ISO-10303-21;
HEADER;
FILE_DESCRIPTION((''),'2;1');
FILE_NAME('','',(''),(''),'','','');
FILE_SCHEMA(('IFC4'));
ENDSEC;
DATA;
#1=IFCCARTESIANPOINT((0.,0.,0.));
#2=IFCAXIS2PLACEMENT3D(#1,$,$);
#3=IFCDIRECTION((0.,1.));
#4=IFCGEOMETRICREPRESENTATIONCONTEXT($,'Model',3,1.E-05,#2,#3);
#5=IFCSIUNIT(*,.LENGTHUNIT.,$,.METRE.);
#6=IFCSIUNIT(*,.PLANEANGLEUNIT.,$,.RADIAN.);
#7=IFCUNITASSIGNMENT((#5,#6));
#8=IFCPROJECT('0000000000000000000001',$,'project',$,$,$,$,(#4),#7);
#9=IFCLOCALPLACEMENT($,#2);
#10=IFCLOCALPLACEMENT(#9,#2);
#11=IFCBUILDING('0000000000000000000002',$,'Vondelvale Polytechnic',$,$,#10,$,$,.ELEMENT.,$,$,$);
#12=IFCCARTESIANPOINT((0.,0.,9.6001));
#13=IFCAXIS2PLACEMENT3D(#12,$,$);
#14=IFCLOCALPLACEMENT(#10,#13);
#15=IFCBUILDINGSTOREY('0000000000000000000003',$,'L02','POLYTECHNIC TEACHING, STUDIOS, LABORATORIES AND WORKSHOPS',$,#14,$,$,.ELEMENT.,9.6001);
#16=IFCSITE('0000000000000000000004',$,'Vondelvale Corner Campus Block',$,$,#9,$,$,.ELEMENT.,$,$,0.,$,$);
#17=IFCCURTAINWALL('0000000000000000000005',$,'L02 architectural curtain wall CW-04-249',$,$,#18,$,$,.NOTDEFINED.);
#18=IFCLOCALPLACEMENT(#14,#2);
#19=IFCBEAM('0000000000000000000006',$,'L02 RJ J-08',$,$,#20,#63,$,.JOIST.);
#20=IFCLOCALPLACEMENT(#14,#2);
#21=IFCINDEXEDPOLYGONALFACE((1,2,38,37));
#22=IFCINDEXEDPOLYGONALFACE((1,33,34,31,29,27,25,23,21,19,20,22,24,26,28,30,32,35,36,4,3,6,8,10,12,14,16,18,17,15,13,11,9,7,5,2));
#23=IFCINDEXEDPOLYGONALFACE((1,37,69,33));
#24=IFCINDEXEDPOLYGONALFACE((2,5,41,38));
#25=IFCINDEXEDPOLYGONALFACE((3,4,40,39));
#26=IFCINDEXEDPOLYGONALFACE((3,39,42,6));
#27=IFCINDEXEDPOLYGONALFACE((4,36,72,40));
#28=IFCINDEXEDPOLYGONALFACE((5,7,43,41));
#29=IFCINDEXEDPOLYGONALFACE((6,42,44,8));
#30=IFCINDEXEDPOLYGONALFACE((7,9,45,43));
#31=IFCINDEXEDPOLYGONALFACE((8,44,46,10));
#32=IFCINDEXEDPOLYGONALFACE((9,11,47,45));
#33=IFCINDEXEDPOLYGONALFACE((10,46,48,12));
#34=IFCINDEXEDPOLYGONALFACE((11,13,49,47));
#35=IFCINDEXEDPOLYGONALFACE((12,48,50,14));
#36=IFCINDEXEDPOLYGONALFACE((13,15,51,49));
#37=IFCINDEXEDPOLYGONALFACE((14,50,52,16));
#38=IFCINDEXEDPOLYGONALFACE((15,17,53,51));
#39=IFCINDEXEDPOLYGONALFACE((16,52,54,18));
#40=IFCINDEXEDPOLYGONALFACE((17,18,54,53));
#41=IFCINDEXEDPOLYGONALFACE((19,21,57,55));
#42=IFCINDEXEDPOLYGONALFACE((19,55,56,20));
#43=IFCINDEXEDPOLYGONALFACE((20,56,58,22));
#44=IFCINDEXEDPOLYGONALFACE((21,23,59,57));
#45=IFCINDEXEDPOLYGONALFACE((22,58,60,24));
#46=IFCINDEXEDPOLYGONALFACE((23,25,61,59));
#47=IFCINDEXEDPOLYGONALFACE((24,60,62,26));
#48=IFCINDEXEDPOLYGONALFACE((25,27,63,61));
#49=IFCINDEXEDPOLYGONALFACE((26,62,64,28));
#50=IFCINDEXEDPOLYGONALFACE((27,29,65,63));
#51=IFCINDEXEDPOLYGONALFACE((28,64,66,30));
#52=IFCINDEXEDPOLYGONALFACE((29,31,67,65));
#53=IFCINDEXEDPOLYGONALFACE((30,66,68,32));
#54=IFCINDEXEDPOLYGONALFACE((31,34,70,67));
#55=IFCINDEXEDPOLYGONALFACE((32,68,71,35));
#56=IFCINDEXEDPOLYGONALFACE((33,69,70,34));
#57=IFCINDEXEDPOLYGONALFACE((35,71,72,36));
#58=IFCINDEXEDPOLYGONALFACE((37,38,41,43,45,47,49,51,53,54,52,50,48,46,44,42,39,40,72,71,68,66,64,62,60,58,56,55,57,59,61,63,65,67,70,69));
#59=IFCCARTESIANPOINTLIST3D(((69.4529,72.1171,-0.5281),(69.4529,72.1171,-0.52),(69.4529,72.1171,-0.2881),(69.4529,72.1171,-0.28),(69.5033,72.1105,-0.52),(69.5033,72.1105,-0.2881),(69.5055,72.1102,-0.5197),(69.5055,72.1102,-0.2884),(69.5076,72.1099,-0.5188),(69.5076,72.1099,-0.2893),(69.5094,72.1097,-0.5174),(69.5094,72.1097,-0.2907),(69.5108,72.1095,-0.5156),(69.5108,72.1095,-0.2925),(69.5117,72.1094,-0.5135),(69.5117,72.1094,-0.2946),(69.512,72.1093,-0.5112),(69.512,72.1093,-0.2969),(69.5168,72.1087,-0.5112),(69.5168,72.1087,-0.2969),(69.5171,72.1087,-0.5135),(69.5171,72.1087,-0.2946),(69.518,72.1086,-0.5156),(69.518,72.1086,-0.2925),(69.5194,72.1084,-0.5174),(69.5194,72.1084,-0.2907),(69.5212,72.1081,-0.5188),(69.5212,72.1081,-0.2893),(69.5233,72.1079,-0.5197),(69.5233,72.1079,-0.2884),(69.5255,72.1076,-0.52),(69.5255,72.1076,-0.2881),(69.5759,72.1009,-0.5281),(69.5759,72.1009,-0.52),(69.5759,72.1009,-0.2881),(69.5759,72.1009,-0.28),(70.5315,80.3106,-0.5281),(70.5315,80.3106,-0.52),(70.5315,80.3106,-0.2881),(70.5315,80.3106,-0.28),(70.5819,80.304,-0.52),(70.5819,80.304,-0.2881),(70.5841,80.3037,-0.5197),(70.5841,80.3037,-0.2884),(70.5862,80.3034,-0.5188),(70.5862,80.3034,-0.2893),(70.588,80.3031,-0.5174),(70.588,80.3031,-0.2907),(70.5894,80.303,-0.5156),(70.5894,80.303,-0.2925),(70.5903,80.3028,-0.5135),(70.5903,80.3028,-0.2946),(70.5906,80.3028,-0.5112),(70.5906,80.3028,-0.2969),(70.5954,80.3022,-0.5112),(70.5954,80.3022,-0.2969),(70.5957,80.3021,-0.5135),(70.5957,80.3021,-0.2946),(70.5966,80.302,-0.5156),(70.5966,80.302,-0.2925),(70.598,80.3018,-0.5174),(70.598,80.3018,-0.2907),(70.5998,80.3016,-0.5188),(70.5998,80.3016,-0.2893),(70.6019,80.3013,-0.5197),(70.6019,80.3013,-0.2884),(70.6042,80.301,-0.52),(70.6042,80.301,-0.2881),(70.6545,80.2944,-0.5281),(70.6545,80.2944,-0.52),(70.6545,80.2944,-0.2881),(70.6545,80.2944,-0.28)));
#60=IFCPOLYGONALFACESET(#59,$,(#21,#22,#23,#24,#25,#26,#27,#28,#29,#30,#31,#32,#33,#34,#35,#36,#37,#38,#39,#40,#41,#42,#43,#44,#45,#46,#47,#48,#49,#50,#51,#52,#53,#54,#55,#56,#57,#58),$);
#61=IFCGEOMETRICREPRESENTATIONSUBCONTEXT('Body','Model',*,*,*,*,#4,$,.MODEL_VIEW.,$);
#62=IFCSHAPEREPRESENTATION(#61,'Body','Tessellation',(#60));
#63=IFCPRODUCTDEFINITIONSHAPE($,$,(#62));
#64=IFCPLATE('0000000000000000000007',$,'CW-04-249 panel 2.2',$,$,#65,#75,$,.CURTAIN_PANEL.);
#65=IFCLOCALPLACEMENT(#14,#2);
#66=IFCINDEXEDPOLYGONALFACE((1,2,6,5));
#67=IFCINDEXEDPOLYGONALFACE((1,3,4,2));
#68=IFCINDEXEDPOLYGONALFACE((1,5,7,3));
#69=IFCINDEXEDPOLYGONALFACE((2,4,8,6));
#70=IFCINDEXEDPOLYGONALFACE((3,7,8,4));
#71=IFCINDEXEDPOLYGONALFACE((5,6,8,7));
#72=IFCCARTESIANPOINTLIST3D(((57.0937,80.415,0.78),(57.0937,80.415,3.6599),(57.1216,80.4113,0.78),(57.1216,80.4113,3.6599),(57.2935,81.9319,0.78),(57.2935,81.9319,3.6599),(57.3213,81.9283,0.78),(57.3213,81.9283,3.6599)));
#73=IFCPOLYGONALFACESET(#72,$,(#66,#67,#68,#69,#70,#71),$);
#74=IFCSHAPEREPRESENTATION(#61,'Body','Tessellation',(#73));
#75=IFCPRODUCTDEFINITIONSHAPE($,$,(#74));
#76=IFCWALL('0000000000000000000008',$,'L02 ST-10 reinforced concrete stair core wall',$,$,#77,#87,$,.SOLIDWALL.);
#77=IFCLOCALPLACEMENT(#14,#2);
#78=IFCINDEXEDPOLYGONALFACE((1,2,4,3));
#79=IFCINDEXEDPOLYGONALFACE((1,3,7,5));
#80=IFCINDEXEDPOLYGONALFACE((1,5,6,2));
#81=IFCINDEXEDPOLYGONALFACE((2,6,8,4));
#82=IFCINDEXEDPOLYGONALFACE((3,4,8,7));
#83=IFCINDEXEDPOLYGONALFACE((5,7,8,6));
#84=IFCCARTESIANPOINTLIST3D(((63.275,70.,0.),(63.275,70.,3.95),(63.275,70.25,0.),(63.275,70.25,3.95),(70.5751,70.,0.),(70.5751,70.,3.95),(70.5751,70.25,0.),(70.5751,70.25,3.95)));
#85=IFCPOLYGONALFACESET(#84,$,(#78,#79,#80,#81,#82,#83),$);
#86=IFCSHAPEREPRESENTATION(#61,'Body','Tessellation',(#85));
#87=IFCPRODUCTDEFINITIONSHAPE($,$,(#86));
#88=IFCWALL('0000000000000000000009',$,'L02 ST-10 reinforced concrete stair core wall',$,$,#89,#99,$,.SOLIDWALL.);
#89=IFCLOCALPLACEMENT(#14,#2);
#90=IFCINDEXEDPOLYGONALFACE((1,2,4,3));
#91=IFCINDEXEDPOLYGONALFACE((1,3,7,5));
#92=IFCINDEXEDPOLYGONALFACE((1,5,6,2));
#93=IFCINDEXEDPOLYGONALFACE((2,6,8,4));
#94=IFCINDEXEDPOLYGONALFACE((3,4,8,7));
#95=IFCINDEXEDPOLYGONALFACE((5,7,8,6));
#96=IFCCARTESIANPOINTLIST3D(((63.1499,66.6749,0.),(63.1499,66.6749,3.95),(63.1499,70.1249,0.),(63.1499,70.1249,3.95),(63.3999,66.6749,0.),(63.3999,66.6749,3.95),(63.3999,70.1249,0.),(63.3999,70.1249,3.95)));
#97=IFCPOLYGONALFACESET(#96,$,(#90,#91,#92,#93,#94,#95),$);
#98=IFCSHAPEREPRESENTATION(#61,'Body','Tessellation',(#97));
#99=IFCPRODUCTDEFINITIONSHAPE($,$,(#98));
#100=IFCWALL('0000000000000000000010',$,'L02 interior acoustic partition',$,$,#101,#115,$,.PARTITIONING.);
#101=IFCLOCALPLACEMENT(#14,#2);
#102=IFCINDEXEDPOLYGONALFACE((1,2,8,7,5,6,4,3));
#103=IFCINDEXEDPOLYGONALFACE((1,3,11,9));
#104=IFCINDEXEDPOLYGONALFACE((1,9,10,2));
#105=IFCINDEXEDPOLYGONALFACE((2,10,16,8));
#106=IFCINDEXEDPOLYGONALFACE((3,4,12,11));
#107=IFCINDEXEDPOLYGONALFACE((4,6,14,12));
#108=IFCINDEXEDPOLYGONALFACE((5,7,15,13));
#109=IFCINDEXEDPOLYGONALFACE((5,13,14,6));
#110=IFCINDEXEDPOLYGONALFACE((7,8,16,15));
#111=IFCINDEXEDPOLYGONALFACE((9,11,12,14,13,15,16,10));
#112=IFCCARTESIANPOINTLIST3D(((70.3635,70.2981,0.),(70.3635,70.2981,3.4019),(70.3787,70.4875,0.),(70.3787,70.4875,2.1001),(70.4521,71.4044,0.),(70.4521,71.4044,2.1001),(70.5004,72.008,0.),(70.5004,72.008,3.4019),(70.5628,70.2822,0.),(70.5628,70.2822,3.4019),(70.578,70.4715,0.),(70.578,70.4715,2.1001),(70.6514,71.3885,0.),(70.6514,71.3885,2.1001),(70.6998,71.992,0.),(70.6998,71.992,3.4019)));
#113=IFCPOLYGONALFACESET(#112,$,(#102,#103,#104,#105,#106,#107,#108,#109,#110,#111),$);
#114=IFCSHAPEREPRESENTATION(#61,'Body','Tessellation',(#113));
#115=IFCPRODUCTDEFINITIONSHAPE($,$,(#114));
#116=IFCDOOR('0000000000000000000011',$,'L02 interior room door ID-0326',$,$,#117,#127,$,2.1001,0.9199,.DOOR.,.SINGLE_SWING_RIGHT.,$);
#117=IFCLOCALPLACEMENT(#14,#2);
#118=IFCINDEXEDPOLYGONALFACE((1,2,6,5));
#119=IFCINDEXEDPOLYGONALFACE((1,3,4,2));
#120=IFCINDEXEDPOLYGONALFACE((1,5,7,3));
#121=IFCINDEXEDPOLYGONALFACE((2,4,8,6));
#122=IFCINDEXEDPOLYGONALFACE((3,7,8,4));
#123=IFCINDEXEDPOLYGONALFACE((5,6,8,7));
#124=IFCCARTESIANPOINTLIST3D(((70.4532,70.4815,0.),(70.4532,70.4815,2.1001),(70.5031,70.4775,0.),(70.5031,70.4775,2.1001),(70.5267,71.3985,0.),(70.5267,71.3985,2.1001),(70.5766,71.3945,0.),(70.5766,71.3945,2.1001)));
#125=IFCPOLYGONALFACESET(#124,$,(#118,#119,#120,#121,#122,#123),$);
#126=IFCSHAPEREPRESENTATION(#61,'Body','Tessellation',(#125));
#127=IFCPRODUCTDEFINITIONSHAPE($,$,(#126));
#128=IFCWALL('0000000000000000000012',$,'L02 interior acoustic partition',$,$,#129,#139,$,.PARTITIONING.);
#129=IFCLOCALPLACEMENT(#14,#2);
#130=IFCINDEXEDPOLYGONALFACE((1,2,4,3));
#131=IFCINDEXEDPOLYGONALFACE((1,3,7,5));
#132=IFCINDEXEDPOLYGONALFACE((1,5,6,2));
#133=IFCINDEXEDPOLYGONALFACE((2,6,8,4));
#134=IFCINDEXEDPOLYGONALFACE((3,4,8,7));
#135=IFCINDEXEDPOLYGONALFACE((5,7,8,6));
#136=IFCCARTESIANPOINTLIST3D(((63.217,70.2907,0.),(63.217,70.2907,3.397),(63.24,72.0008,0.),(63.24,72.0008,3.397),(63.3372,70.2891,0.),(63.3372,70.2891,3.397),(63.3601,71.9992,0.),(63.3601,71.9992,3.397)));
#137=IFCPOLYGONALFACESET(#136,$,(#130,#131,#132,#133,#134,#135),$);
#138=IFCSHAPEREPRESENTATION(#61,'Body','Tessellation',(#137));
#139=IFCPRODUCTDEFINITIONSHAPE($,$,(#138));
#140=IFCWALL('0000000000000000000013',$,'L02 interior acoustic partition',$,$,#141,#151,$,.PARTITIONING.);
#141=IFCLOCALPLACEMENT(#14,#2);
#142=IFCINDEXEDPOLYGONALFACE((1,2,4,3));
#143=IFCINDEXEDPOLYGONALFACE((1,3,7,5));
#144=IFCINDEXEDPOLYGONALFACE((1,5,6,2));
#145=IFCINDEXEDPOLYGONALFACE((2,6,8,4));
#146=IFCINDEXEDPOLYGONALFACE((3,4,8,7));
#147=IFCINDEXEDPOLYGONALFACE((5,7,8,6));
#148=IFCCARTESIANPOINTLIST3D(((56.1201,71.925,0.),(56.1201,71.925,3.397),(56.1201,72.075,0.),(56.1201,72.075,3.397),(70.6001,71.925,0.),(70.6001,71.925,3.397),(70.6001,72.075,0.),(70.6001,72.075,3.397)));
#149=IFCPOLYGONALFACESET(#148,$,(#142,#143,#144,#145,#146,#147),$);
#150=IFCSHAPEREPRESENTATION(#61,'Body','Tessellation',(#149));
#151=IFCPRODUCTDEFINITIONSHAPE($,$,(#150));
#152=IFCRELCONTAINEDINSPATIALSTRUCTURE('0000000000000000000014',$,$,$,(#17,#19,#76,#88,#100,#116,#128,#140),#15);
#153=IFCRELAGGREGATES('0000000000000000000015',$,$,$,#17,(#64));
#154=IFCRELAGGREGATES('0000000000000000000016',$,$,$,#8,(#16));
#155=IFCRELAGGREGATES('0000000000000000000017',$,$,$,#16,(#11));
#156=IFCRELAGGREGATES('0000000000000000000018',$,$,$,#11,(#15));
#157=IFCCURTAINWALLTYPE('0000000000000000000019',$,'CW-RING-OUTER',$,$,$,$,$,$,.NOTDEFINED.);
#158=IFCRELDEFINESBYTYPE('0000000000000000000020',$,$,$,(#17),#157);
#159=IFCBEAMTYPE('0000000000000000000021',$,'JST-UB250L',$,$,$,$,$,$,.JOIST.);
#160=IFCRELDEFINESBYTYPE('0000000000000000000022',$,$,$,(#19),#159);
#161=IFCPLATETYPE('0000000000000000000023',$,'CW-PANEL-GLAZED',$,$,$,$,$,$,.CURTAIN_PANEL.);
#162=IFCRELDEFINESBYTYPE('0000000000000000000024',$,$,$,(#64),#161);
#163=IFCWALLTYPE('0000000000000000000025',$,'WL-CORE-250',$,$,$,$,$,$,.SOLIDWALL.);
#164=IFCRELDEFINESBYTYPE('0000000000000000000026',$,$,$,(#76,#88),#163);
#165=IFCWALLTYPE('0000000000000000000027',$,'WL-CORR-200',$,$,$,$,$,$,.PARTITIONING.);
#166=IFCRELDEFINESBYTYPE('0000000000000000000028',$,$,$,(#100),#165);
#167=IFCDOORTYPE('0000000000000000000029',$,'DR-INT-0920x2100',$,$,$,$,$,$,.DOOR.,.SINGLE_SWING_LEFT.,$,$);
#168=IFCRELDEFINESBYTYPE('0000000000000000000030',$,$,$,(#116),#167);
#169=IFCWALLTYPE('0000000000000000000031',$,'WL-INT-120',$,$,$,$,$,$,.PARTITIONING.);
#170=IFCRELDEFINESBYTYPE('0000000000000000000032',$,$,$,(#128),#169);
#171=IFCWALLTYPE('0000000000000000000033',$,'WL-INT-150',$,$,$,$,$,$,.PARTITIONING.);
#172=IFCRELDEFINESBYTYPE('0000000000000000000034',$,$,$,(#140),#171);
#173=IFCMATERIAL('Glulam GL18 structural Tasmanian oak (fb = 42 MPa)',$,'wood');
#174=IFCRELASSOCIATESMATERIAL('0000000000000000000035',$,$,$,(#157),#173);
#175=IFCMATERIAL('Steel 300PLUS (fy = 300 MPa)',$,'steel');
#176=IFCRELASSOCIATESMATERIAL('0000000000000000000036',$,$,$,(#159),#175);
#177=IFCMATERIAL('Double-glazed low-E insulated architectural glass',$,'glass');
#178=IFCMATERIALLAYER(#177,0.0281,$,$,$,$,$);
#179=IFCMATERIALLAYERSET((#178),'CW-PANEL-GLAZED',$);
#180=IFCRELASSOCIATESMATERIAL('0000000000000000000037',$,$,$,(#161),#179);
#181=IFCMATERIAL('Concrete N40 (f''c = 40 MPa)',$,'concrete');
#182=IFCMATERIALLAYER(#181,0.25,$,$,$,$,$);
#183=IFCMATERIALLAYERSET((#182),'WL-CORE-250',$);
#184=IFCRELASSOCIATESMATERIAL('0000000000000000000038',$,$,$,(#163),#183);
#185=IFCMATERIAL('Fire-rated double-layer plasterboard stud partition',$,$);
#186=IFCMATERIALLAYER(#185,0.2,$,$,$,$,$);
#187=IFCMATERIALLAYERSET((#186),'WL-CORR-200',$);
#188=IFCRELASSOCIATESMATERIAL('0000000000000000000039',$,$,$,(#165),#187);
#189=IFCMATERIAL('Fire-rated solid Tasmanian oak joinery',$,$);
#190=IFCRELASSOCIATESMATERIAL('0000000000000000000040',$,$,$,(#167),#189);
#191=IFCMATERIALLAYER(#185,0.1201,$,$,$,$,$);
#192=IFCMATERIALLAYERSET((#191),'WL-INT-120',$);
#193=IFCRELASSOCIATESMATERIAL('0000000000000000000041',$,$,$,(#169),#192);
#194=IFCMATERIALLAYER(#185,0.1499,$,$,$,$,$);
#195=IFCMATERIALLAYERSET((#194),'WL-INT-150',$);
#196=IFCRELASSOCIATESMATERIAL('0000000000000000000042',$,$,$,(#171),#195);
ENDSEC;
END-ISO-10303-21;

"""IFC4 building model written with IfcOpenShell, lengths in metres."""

from ifc_helpers import new_model, si_unit, direction, frame, frame_2d, origin, origin_2d, place, context, subcontext, project, spatial, rectangle, i_section, extrude, material, layer, layer_set, material_profile, profile_set, type_object, element, fill, aggregate, save


model = new_model("IFC4")

# Units and contexts
model_context = context("Model", 3, precision=1e-05, world=origin(), true_north=direction((0.0, 1.0)))
body_context = subcontext(model_context, "Body", "Model", "MODEL_VIEW")
ifc_project = project(units=[si_unit("LENGTHUNIT", "METRE"), si_unit("PLANEANGLEUNIT", "RADIAN")], contexts=[model_context])

# Site, building, storey
site_placement = place(None, origin())
site = spatial("IfcSite", under=ifc_project, at=site_placement, Name="Vondelvale Corner Campus Block", CompositionType="ELEMENT", RefElevation=0.0)
building_placement = place(site_placement, origin())
building = spatial("IfcBuilding", under=site, at=building_placement, Name="Vondelvale Polytechnic", CompositionType="ELEMENT")
storey_placement = place(building_placement, frame((0.0, 0.0, 9.6001)))
storey = spatial("IfcBuildingStorey", under=building, at=storey_placement, Name="L02", Description="POLYTECHNIC TEACHING, STUDIOS, LABORATORIES AND WORKSHOPS", CompositionType="ELEMENT", Elevation=9.6001)

# Shared definitions
ifc_material_1 = material(Name="Steel 300PLUS (fy = 300 MPa)", Category="steel")

# Shared definitions
ifc_material_2 = material(Name="Concrete N40 (f'c = 40 MPa)", Category="concrete")

# Curtain wall
ifc_material_3 = material(Name="Glulam GL18 structural Tasmanian oak (fb = 42 MPa)", Category="wood")
curtain_wall_type = type_object("IfcCurtainWallType", Name="CW-RING-OUTER", PredefinedType="NOTDEFINED", material=ifc_material_3)
curtain_wall_placement = place(storey_placement, origin())
curtain_wall = element("IfcCurtainWall", 1, at=curtain_wall_placement, inside=storey, type_object=curtain_wall_type, Name="L02 architectural curtain wall CW-04-249", PredefinedType="NOTDEFINED")

# Beam
ifc_material_profile_1 = material_profile(ifc_material_1, i_section(OverallWidth=0.124, OverallDepth=0.248, WebThickness=0.0049, FlangeThickness=0.0081, FilletRadius=0.0088, at=origin_2d()), Name="250UB25.7")
ifc_profile_set_1 = profile_set([ifc_material_profile_1], Name="Steel 300PLUS (fy = 300 MPa)")
beam_type_1 = type_object("IfcBeamType", Name="JST-UB250L", PredefinedType="JOIST", material=ifc_profile_set_1)
beam_1_placement = place(storey_placement, frame((70.593, 80.3025, -0.4041), z_axis=(-0.130519, -0.991446, 0.0), x_axis=(0.991446, -0.130519, 0.0)))
element("IfcBeam", 2, at=beam_1_placement, inside=storey, type_object=beam_type_1, Name="L02 RJ J-08", PredefinedType="JOIST", context=body_context, shape_type="SweptSolid", body=[
    extrude(i_section(OverallWidth=0.124, OverallDepth=0.248, WebThickness=0.0049, FlangeThickness=0.0081, FilletRadius=0.0088, at=origin_2d()), origin(), (0.0, 0.0, 1.0), 8.2642),
])

# Plate
ifc_material_4 = material(Name="Double-glazed low-E insulated architectural glass", Category="glass")
ifc_layer_1 = layer(ifc_material_4, 0.0281)
ifc_layer_set_1 = layer_set([ifc_layer_1], Name="CW-PANEL-GLAZED")
plate_type = type_object("IfcPlateType", Name="CW-PANEL-GLAZED", PredefinedType="CURTAIN_PANEL", material=ifc_layer_set_1)
plate_placement = place(storey_placement, frame((57.2075, 81.1716, 0.78), z_axis=(0.0, 0.0, 1.0), x_axis=(-0.13054, -0.991443, 0.0)))
plate = element("IfcPlate", 3, at=plate_placement, type_object=plate_type, Name="CW-04-249 panel 2.2", PredefinedType="CURTAIN_PANEL", context=body_context, shape_type="SweptSolid", body=[
    extrude(rectangle(XDim=1.53, YDim=0.0281, at=origin_2d()), origin(), (0.0, 0.0, 1.0), 2.8799),
])
aggregate(curtain_wall, [plate])

# Walls
ifc_layer_2 = layer(ifc_material_2, 0.25)
ifc_layer_set_2 = layer_set([ifc_layer_2], Name="WL-CORE-250")
wall_type_1 = type_object("IfcWallType", Name="WL-CORE-250", PredefinedType="SOLIDWALL", material=ifc_layer_set_2)
wall_1_placement = place(storey_placement, frame((70.575, 70.125, 0.0), z_axis=(0.0, 0.0, 1.0), x_axis=(-1.0, 0.0, 0.0)))
element("IfcWall", 4, at=wall_1_placement, inside=storey, type_object=wall_type_1, Name="L02 ST-10 reinforced concrete stair core wall", PredefinedType="SOLIDWALL", context=body_context, shape_type="SweptSolid", body=[
    extrude(rectangle(XDim=7.3, YDim=0.25, at=frame_2d((3.6499, 0.0))), origin(), (0.0, 0.0, 1.0), 3.95),
])
wall_2_placement = place(storey_placement, frame((63.2749, 70.125, 0.0), z_axis=(0.0, 0.0, 1.0), x_axis=(0.0, -1.0, 0.0)))
element("IfcWall", 5, at=wall_2_placement, inside=storey, type_object=wall_type_1, Name="L02 ST-10 reinforced concrete stair core wall", PredefinedType="SOLIDWALL", context=body_context, shape_type="SweptSolid", body=[
    extrude(rectangle(XDim=3.45, YDim=0.25, at=frame_2d((1.7251, 0.0))), origin(), (0.0, 0.0, 1.0), 3.95),
])

# Wall, opening, door
ifc_material_5 = material(Name="Fire-rated double-layer plasterboard stud partition")
ifc_layer_3 = layer(ifc_material_5, 0.2)
ifc_layer_set_3 = layer_set([ifc_layer_3], Name="WL-CORR-200")
wall_type_2 = type_object("IfcWallType", Name="WL-CORR-200", PredefinedType="PARTITIONING", material=ifc_layer_set_3)
wall_3_placement = place(storey_placement, frame((70.6001, 72.0, 0.0), z_axis=(0.0, 0.0, 1.0), x_axis=(-0.079841, -0.996808, 0.0)))
wall_3 = element("IfcWall", 6, at=wall_3_placement, inside=storey, type_object=wall_type_2, Name="L02 interior acoustic partition", PredefinedType="PARTITIONING", context=body_context, shape_type="SweptSolid", body=[
    extrude(rectangle(XDim=1.7153, YDim=0.2, at=frame_2d((0.8577, 0.0))), origin(), (0.0, 0.0, 1.0), 3.4019),
])
opening_placement = place(wall_3_placement, frame((0.6055, 0.0, 0.0)))
opening = element("IfcOpeningElement", 7, at=opening_placement, cuts=wall_3, PredefinedType="OPENING", context=body_context, shape_type="SweptSolid", body=[
    extrude(rectangle(XDim=0.9199, YDim=2.1001, at=frame_2d((0.46, 1.05))), frame((0.0, 0.1099, 0.0), z_axis=(0.0, -1.0, 0.0), x_axis=(1.0, 0.0, 0.0)), (0.0, 0.0, 1.0), 0.22),
])
ifc_material_6 = material(Name="Fire-rated solid Tasmanian oak joinery")
door_type = type_object("IfcDoorType", Name="DR-INT-0920x2100", OperationType="SINGLE_SWING_LEFT", PredefinedType="DOOR", material=ifc_material_6)
door_placement = place(opening_placement, origin())
door = element("IfcDoor", 8, at=door_placement, inside=storey, type_object=door_type, Name="L02 interior room door ID-0326", OperationType="SINGLE_SWING_RIGHT", OverallHeight=2.1001, OverallWidth=0.9199, PredefinedType="DOOR", context=body_context, shape_type="SweptSolid", body=[
    extrude(rectangle(XDim=0.9199, YDim=2.1001, at=frame_2d((0.46, 1.05))), frame((0.0, 0.0249, 0.0), z_axis=(0.0, -1.0, 0.0), x_axis=(1.0, 0.0, 0.0)), (0.0, 0.0, 1.0), 0.05),
])
fill(opening, door)

# Walls
ifc_layer_4 = layer(ifc_material_5, 0.1201)
ifc_layer_set_4 = layer_set([ifc_layer_4], Name="WL-INT-120")
wall_type_3 = type_object("IfcWallType", Name="WL-INT-120", PredefinedType="PARTITIONING", material=ifc_layer_set_4)
wall_4_placement = place(storey_placement, frame((63.2771, 70.29, 0.0), z_axis=(0.0, 0.0, 1.0), x_axis=(0.01342, 0.99991, 0.0)))
element("IfcWall", 9, at=wall_4_placement, inside=storey, type_object=wall_type_3, Name="L02 interior acoustic partition", PredefinedType="PARTITIONING", context=body_context, shape_type="SweptSolid", body=[
    extrude(rectangle(XDim=1.7102, YDim=0.1201, at=frame_2d((0.855, 0.0))), origin(), (0.0, 0.0, 1.0), 3.397),
])
ifc_layer_5 = layer(ifc_material_5, 0.1499)
ifc_layer_set_5 = layer_set([ifc_layer_5], Name="WL-INT-150")
wall_type_4 = type_object("IfcWallType", Name="WL-INT-150", PredefinedType="PARTITIONING", material=ifc_layer_set_5)
wall_5_placement = place(storey_placement, frame((70.6001, 72.0, 0.0), z_axis=(0.0, 0.0, 1.0), x_axis=(-1.0, 0.0, 0.0)))
element("IfcWall", 10, at=wall_5_placement, inside=storey, type_object=wall_type_4, Name="L02 interior acoustic partition", PredefinedType="PARTITIONING", context=body_context, shape_type="SweptSolid", body=[
    extrude(rectangle(XDim=14.48, YDim=0.1499, at=frame_2d((7.24, 0.0))), origin(), (0.0, 0.0, 1.0), 3.397),
])

save(model, "model.ifc")
